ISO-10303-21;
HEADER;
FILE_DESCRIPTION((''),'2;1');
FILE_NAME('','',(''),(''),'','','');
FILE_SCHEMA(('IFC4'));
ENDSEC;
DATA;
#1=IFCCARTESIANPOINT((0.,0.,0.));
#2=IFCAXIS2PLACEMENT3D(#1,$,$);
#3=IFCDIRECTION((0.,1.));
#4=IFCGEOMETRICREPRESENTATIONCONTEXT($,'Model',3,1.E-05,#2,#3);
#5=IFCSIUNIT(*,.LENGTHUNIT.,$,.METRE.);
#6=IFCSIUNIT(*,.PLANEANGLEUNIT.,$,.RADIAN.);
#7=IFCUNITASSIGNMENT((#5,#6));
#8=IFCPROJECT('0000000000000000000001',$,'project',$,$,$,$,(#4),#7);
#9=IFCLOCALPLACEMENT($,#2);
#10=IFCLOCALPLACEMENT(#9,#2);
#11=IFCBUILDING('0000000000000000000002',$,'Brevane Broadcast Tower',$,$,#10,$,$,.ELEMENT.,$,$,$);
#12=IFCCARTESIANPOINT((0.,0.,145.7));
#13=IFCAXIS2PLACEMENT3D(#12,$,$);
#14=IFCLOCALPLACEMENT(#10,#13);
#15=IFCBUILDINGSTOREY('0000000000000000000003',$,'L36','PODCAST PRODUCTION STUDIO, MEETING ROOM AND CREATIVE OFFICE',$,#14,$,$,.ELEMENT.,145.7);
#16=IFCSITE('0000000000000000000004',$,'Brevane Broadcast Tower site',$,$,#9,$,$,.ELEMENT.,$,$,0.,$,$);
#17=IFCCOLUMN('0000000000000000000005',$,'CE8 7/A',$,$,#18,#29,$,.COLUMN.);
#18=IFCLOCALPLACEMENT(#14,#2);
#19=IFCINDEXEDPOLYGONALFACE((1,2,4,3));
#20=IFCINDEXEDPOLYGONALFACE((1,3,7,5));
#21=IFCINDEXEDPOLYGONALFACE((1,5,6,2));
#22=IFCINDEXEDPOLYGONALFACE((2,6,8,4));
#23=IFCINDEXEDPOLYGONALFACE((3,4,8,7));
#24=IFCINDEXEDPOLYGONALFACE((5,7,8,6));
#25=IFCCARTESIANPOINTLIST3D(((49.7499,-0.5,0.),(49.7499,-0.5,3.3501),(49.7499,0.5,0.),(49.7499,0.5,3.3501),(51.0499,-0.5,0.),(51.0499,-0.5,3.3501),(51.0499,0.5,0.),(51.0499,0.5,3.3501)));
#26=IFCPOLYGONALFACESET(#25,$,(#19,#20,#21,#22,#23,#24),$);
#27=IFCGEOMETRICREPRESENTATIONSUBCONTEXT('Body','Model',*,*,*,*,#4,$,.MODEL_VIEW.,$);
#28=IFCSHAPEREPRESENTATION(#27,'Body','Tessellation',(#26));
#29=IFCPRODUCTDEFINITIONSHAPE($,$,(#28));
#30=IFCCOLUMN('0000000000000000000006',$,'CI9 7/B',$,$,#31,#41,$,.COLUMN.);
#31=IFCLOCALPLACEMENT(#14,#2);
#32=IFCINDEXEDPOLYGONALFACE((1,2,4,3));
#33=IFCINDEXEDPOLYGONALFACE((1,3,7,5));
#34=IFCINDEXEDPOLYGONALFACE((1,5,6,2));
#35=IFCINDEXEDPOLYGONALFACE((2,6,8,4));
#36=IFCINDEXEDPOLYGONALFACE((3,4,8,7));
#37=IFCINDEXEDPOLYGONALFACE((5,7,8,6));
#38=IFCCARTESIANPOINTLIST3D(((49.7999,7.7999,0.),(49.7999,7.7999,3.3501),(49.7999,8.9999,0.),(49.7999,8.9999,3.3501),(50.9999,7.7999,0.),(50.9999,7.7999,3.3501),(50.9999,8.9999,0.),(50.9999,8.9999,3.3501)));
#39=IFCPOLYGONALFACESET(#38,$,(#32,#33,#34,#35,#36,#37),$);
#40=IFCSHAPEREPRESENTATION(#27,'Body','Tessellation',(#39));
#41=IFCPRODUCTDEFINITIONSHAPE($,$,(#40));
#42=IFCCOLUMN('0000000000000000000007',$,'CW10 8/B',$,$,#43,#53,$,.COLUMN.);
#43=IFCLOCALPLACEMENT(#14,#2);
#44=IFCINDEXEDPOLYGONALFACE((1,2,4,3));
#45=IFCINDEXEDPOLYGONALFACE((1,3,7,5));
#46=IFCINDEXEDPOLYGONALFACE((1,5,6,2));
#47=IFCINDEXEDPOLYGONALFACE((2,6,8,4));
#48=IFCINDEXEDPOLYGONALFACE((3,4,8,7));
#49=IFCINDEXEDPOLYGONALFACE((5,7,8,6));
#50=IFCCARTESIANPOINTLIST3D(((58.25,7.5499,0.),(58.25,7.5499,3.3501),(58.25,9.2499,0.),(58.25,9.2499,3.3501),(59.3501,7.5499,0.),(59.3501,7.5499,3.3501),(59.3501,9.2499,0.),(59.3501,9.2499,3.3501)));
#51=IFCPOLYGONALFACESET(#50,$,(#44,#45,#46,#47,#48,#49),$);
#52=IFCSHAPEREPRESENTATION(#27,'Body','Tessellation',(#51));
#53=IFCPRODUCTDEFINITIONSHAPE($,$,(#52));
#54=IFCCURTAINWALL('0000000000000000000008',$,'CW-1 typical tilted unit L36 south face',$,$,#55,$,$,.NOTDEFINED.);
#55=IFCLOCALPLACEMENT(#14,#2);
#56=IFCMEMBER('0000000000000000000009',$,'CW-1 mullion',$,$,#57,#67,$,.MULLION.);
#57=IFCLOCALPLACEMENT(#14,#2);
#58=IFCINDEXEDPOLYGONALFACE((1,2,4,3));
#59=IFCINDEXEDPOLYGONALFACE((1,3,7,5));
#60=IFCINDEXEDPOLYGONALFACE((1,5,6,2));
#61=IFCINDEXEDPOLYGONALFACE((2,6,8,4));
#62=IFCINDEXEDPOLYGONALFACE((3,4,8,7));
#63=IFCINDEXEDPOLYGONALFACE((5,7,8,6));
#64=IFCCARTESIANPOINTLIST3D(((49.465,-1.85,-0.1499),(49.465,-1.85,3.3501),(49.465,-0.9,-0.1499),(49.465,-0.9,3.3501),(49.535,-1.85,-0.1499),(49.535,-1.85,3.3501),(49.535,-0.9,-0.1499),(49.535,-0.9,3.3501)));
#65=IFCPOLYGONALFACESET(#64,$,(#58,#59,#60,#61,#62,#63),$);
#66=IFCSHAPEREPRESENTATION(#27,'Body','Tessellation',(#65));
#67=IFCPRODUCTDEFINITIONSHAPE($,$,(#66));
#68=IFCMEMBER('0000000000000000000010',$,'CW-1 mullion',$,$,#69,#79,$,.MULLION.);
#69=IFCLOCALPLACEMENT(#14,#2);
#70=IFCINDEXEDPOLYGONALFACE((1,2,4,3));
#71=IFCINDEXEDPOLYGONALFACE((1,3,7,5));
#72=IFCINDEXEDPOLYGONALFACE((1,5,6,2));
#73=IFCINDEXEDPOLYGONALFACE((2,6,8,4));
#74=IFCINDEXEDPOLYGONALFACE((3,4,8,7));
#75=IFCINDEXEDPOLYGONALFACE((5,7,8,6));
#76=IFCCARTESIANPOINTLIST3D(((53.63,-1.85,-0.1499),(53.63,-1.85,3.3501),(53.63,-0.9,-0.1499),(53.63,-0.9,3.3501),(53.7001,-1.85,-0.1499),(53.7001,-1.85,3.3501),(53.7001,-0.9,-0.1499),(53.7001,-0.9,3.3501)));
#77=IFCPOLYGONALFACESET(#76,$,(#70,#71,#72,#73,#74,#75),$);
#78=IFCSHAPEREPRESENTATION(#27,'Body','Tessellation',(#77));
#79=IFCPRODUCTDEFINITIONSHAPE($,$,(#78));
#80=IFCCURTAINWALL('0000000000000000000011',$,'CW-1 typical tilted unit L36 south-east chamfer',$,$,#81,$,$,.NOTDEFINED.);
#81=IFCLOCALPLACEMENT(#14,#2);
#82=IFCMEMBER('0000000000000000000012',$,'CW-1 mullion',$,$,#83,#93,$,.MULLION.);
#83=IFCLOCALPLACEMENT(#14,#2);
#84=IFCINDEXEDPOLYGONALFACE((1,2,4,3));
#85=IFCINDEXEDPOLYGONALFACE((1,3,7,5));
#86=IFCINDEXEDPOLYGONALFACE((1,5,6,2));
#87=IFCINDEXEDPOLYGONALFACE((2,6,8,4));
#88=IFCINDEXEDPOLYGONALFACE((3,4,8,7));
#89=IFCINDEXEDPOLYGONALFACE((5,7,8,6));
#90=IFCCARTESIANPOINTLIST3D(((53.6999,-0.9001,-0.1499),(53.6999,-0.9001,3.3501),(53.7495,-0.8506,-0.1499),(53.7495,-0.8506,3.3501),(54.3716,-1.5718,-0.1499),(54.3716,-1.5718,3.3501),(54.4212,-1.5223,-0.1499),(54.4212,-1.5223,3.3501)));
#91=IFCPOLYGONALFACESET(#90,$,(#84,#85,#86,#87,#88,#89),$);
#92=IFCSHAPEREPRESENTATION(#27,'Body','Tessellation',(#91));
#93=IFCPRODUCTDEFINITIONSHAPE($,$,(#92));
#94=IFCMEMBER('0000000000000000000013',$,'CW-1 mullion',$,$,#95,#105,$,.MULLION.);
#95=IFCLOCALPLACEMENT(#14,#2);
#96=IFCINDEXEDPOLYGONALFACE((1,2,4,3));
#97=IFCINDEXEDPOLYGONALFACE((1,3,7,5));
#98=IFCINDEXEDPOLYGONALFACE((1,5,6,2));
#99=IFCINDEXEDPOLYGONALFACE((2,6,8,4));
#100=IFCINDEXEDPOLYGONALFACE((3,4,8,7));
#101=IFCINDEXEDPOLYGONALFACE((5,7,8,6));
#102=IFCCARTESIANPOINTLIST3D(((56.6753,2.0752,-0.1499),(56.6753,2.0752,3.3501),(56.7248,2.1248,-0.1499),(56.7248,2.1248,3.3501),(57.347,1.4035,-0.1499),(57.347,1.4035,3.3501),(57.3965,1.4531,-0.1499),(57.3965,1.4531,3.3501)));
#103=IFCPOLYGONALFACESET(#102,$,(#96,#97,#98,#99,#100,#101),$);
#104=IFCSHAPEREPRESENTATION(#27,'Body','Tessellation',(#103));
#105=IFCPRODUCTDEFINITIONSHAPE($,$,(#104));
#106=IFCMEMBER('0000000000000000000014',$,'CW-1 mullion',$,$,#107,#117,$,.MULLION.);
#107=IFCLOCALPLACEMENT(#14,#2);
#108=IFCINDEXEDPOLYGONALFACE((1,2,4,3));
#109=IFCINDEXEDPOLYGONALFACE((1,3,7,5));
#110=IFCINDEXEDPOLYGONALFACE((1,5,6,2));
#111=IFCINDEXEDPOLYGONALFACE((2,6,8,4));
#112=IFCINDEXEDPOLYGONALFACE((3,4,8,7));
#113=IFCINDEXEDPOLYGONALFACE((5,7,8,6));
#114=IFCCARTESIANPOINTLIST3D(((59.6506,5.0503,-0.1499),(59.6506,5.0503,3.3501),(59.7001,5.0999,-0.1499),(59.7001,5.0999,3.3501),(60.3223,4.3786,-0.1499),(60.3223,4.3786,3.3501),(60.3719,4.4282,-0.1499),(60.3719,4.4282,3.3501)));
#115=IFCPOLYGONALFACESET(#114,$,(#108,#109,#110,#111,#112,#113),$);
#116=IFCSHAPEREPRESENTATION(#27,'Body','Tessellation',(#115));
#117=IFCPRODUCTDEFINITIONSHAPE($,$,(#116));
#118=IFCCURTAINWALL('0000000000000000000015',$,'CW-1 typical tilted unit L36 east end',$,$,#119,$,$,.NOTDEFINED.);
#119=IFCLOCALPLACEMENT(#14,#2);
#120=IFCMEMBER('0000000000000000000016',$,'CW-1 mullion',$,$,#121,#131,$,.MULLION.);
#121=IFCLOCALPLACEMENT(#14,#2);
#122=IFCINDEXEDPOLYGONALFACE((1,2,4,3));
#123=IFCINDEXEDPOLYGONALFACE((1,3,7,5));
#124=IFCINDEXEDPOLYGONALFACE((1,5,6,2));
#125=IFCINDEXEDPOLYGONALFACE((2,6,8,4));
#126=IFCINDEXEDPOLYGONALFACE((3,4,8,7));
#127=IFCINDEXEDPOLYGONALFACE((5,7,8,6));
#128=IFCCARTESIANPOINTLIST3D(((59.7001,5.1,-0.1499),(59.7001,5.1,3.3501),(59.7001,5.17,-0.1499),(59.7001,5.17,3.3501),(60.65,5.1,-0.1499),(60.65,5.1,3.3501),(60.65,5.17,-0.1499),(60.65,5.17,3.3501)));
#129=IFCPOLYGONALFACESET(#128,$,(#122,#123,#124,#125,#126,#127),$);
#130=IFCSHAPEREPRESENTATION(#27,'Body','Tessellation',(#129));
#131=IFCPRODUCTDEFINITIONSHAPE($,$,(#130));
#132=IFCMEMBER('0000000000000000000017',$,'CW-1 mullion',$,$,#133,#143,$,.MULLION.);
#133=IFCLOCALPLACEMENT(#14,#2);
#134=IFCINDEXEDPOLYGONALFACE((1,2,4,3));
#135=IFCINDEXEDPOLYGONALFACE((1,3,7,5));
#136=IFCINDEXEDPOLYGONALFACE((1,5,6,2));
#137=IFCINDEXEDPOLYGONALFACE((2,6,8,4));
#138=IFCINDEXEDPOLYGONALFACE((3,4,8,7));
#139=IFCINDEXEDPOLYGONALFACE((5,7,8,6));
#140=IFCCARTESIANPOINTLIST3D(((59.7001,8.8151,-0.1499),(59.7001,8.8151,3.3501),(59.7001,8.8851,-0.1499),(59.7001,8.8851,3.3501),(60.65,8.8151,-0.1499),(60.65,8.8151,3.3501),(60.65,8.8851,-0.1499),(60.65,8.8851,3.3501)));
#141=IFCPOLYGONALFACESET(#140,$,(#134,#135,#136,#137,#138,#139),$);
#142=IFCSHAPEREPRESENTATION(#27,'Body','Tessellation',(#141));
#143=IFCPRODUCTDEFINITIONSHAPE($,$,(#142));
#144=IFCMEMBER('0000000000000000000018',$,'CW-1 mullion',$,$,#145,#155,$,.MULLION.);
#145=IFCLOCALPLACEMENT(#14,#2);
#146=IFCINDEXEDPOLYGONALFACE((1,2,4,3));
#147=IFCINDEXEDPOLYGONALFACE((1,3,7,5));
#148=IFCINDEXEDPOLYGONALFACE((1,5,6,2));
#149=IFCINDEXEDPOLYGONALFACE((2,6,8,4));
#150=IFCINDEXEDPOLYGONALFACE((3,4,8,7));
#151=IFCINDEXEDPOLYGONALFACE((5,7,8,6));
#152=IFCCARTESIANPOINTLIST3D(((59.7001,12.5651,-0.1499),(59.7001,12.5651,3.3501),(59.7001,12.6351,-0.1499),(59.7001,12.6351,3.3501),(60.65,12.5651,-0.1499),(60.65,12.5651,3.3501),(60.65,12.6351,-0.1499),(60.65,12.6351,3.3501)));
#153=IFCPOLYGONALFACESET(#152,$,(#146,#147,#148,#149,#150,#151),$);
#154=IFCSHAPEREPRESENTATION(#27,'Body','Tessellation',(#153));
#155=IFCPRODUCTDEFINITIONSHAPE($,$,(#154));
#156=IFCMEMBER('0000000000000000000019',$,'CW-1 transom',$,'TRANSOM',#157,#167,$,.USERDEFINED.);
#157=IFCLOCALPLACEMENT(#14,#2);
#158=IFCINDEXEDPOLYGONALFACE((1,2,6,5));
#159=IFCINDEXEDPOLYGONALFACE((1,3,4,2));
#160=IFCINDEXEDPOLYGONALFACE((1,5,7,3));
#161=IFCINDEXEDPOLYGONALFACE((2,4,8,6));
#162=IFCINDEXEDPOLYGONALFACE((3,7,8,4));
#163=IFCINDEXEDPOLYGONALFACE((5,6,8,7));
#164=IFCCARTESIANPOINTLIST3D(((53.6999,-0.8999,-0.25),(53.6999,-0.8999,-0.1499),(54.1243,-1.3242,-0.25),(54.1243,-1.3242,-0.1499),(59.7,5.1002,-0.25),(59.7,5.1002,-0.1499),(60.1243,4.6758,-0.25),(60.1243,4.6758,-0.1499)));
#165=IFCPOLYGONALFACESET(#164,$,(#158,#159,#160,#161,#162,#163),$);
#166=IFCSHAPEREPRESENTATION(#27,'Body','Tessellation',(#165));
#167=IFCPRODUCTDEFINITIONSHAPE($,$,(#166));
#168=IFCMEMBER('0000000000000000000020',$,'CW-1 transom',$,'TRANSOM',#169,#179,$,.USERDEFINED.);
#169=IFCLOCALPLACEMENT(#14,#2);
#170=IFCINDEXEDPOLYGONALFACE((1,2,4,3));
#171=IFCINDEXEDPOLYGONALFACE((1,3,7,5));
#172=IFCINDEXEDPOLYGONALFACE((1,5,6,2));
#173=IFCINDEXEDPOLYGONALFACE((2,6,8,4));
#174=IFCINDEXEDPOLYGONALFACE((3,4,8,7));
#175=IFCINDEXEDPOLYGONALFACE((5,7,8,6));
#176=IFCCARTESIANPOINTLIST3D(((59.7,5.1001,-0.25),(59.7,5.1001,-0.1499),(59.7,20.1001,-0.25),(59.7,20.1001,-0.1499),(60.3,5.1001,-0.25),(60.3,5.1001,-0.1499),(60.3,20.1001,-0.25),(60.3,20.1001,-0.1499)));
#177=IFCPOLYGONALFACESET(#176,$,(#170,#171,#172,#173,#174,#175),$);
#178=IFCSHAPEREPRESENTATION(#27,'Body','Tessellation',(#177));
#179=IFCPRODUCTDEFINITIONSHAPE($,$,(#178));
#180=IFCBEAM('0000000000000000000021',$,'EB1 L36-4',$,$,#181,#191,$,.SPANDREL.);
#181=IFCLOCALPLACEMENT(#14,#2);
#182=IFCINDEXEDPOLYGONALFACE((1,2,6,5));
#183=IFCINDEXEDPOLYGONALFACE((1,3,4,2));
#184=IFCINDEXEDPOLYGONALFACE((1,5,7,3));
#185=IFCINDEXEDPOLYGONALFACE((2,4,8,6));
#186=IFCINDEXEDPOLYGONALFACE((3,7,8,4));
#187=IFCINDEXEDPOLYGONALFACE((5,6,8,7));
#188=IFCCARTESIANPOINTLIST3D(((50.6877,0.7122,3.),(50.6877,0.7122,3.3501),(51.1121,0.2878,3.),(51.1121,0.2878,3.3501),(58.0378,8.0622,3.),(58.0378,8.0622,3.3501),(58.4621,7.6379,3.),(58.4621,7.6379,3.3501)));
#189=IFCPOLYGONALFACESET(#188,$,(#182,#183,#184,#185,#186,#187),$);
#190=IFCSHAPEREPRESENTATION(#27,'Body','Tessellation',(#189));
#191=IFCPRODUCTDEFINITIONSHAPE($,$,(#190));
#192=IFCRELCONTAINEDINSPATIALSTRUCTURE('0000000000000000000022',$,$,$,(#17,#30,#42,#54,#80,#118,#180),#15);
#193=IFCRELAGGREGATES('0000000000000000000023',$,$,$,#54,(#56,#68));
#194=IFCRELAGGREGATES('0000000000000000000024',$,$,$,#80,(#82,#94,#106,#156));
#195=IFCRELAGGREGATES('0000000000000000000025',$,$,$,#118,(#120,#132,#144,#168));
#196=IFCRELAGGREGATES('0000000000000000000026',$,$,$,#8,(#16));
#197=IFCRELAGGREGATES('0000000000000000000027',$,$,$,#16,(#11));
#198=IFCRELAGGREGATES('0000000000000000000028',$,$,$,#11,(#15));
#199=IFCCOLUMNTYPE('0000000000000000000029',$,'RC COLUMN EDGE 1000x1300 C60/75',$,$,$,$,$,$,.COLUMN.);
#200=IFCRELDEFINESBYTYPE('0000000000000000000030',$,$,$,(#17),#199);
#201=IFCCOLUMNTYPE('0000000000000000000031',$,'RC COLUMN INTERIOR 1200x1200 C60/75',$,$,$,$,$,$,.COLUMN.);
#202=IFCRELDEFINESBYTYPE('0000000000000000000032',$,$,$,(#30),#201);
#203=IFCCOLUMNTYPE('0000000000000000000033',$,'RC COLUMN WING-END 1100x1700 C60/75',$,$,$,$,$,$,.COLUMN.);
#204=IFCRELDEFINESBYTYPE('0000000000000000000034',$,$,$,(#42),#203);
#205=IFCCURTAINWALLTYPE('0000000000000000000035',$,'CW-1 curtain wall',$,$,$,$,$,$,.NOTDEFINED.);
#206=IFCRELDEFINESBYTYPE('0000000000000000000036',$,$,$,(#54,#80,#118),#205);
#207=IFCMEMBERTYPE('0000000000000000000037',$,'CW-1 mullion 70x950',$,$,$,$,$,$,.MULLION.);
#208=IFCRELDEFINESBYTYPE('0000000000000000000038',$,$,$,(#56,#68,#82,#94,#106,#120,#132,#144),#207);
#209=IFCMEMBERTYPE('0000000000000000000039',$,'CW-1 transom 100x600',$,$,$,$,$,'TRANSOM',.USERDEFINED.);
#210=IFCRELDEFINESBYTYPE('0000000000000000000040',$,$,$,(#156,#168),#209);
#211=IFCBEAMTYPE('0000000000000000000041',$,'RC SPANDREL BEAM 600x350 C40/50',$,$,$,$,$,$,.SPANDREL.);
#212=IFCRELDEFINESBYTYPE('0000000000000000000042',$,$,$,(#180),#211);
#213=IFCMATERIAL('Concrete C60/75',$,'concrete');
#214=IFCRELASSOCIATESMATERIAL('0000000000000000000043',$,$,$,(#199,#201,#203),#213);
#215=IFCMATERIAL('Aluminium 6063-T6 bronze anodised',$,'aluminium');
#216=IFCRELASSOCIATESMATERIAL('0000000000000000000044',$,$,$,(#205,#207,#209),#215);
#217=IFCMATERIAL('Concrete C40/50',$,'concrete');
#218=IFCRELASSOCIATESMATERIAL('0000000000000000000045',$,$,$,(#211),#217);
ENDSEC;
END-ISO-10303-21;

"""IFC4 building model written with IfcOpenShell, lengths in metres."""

from ifc_helpers import new_model, si_unit, direction, frame, origin, origin_2d, place, context, subcontext, project, spatial, rectangle, extrude, material, material_profile, profile_set, type_object, element, aggregate, save


model = new_model("IFC4")

# Units and contexts
model_context = context("Model", 3, precision=1e-05, world=origin(), true_north=direction((0.0, 1.0)))
body_context = subcontext(model_context, "Body", "Model", "MODEL_VIEW")
ifc_project = project(units=[si_unit("LENGTHUNIT", "METRE"), si_unit("PLANEANGLEUNIT", "RADIAN")], contexts=[model_context])

# Site, building, storey
site_placement = place(None, origin())
site = spatial("IfcSite", under=ifc_project, at=site_placement, Name="Brevane Broadcast Tower site", CompositionType="ELEMENT", RefElevation=0.0)
building_placement = place(site_placement, origin())
building = spatial("IfcBuilding", under=site, at=building_placement, Name="Brevane Broadcast Tower", CompositionType="ELEMENT")
storey_placement = place(building_placement, frame((0.0, 0.0, 145.7)))
storey = spatial("IfcBuildingStorey", under=building, at=storey_placement, Name="L36", Description="PODCAST PRODUCTION STUDIO, MEETING ROOM AND CREATIVE OFFICE", CompositionType="ELEMENT", Elevation=145.7)

# Columns
ifc_material_1 = material(Name="Concrete C60/75", Category="concrete")
ifc_material_profile_1 = material_profile(ifc_material_1, rectangle(XDim=1.0, YDim=1.3, at=origin_2d()), Name="RC 1000x1300")
ifc_profile_set_1 = profile_set([ifc_material_profile_1], Name="Concrete C60/75")
column_type_1 = type_object("IfcColumnType", Name="RC COLUMN EDGE 1000x1300 C60/75", PredefinedType="COLUMN", material=ifc_profile_set_1)
column_1_placement = place(storey_placement, frame((50.3999, 0.0, 0.0), z_axis=(0.0, 0.0, 1.0), x_axis=(0.0, 1.0, 0.0)))
element("IfcColumn", 1, at=column_1_placement, inside=storey, type_object=column_type_1, Name="CE8 7/A", PredefinedType="COLUMN", context=body_context, shape_type="SweptSolid", body=[
    extrude(rectangle(XDim=1.0, YDim=1.3, at=origin_2d()), origin(), (0.0, 0.0, 1.0), 3.3501),
])
ifc_material_profile_2 = material_profile(ifc_material_1, rectangle(XDim=1.2, YDim=1.2, at=origin_2d()), Name="RC 1200x1200")
ifc_profile_set_2 = profile_set([ifc_material_profile_2], Name="Concrete C60/75")
column_type_2 = type_object("IfcColumnType", Name="RC COLUMN INTERIOR 1200x1200 C60/75", PredefinedType="COLUMN", material=ifc_profile_set_2)
column_2_placement = place(storey_placement, frame((50.3999, 8.3999, 0.0), z_axis=(0.0, 0.0, 1.0), x_axis=(1.0, 0.0, 0.0)))
element("IfcColumn", 2, at=column_2_placement, inside=storey, type_object=column_type_2, Name="CI9 7/B", PredefinedType="COLUMN", context=body_context, shape_type="SweptSolid", body=[
    extrude(rectangle(XDim=1.2, YDim=1.2, at=origin_2d()), origin(), (0.0, 0.0, 1.0), 3.3501),
])
ifc_material_profile_3 = material_profile(ifc_material_1, rectangle(XDim=1.1001, YDim=1.7, at=origin_2d()), Name="RC 1100x1700")
ifc_profile_set_3 = profile_set([ifc_material_profile_3], Name="Concrete C60/75")
column_type_3 = type_object("IfcColumnType", Name="RC COLUMN WING-END 1100x1700 C60/75", PredefinedType="COLUMN", material=ifc_profile_set_3)
column_3_placement = place(storey_placement, frame((58.8, 8.3999, 0.0), z_axis=(0.0, 0.0, 1.0), x_axis=(1.0, 0.0, 0.0)))
element("IfcColumn", 3, at=column_3_placement, inside=storey, type_object=column_type_3, Name="CW10 8/B", PredefinedType="COLUMN", context=body_context, shape_type="SweptSolid", body=[
    extrude(rectangle(XDim=1.1001, YDim=1.7, at=origin_2d()), origin(), (0.0, 0.0, 1.0), 3.3501),
])

# Curtain walls, members
ifc_material_2 = material(Name="Aluminium 6063-T6 bronze anodised", Category="aluminium")
curtain_wall_type = type_object("IfcCurtainWallType", Name="CW-1 curtain wall", PredefinedType="NOTDEFINED", material=ifc_material_2)
curtain_wall_1_placement = place(storey_placement, origin())
curtain_wall_1 = element("IfcCurtainWall", 4, at=curtain_wall_1_placement, inside=storey, type_object=curtain_wall_type, Name="CW-1 typical tilted unit L36 south face", PredefinedType="NOTDEFINED")
ifc_material_profile_4 = material_profile(ifc_material_2, rectangle(XDim=0.95, YDim=0.0701, at=origin_2d()), Name="RECT 70x950")
ifc_profile_set_4 = profile_set([ifc_material_profile_4], Name="Aluminium 6063-T6 bronze anodised")
member_type_1 = type_object("IfcMemberType", Name="CW-1 mullion 70x950", PredefinedType="MULLION", material=ifc_profile_set_4)
member_1_placement = place(storey_placement, frame((49.5, -1.375, -0.1499), z_axis=(0.0, 0.0, 1.0), x_axis=(0.0, 1.0, 0.0)))
member_1 = element("IfcMember", 5, at=member_1_placement, type_object=member_type_1, Name="CW-1 mullion", PredefinedType="MULLION", context=body_context, shape_type="SweptSolid", body=[
    extrude(rectangle(XDim=0.95, YDim=0.0701, at=origin_2d()), origin(), (0.0, 0.0, 1.0), 3.5),
])
member_2_placement = place(storey_placement, frame((53.665, -1.375, -0.1499), z_axis=(0.0, 0.0, 1.0), x_axis=(0.0, 1.0, 0.0)))
member_2 = element("IfcMember", 6, at=member_2_placement, type_object=member_type_1, Name="CW-1 mullion", PredefinedType="MULLION", context=body_context, shape_type="SweptSolid", body=[
    extrude(rectangle(XDim=0.95, YDim=0.0701, at=origin_2d()), origin(), (0.0, 0.0, 1.0), 3.5),
])
aggregate(curtain_wall_1, [member_1, member_2])
curtain_wall_2_placement = place(storey_placement, origin())
curtain_wall_2 = element("IfcCurtainWall", 7, at=curtain_wall_2_placement, inside=storey, type_object=curtain_wall_type, Name="CW-1 typical tilted unit L36 south-east chamfer", PredefinedType="NOTDEFINED")
member_3_placement = place(storey_placement, frame((54.0605, -1.2112, -0.1499), z_axis=(0.0, 0.0, 1.0), x_axis=(-0.707107, 0.707107, 0.0)))
member_3 = element("IfcMember", 8, at=member_3_placement, type_object=member_type_1, Name="CW-1 mullion", PredefinedType="MULLION", context=body_context, shape_type="SweptSolid", body=[
    extrude(rectangle(XDim=0.95, YDim=0.0701, at=origin_2d()), origin(), (0.0, 0.0, 1.0), 3.5),
])
member_4_placement = place(storey_placement, frame((57.0359, 1.7642, -0.1499), z_axis=(0.0, 0.0, 1.0), x_axis=(-0.707107, 0.707107, 0.0)))
member_4 = element("IfcMember", 9, at=member_4_placement, type_object=member_type_1, Name="CW-1 mullion", PredefinedType="MULLION", context=body_context, shape_type="SweptSolid", body=[
    extrude(rectangle(XDim=0.95, YDim=0.0701, at=origin_2d()), origin(), (0.0, 0.0, 1.0), 3.5),
])
member_5_placement = place(storey_placement, frame((60.0112, 4.7393, -0.1499), z_axis=(0.0, 0.0, 1.0), x_axis=(-0.707107, 0.707107, 0.0)))
member_5 = element("IfcMember", 10, at=member_5_placement, type_object=member_type_1, Name="CW-1 mullion", PredefinedType="MULLION", context=body_context, shape_type="SweptSolid", body=[
    extrude(rectangle(XDim=0.95, YDim=0.0701, at=origin_2d()), origin(), (0.0, 0.0, 1.0), 3.5),
])
curtain_wall_3_placement = place(storey_placement, origin())
curtain_wall_3 = element("IfcCurtainWall", 11, at=curtain_wall_3_placement, inside=storey, type_object=curtain_wall_type, Name="CW-1 typical tilted unit L36 east end", PredefinedType="NOTDEFINED")
member_6_placement = place(storey_placement, frame((60.175, 5.135, -0.1499), z_axis=(0.0, 0.0, 1.0), x_axis=(-1.0, 0.0, 0.0)))
member_6 = element("IfcMember", 12, at=member_6_placement, type_object=member_type_1, Name="CW-1 mullion", PredefinedType="MULLION", context=body_context, shape_type="SweptSolid", body=[
    extrude(rectangle(XDim=0.95, YDim=0.0701, at=origin_2d()), origin(), (0.0, 0.0, 1.0), 3.5),
])
member_7_placement = place(storey_placement, frame((60.175, 8.8501, -0.1499), z_axis=(0.0, 0.0, 1.0), x_axis=(-1.0, 0.0, 0.0)))
member_7 = element("IfcMember", 13, at=member_7_placement, type_object=member_type_1, Name="CW-1 mullion", PredefinedType="MULLION", context=body_context, shape_type="SweptSolid", body=[
    extrude(rectangle(XDim=0.95, YDim=0.0701, at=origin_2d()), origin(), (0.0, 0.0, 1.0), 3.5),
])
member_8_placement = place(storey_placement, frame((60.175, 12.6001, -0.1499), z_axis=(0.0, 0.0, 1.0), x_axis=(-1.0, 0.0, 0.0)))
member_8 = element("IfcMember", 14, at=member_8_placement, type_object=member_type_1, Name="CW-1 mullion", PredefinedType="MULLION", context=body_context, shape_type="SweptSolid", body=[
    extrude(rectangle(XDim=0.95, YDim=0.0701, at=origin_2d()), origin(), (0.0, 0.0, 1.0), 3.5),
])

# Members
ifc_material_profile_5 = material_profile(ifc_material_2, rectangle(XDim=0.6001, YDim=0.1001, at=origin_2d()), Name="RECT 100x600")
ifc_profile_set_5 = profile_set([ifc_material_profile_5], Name="Aluminium 6063-T6 bronze anodised")
member_type_2 = type_object("IfcMemberType", Name="CW-1 transom 100x600", ElementType="TRANSOM", PredefinedType="USERDEFINED", material=ifc_profile_set_5)
member_9_placement = place(storey_placement, frame((53.9121, -1.1121, -0.2), z_axis=(0.707107, 0.707107, 0.0), x_axis=(-0.707107, 0.707107, 0.0)))
member_9 = element("IfcMember", 15, at=member_9_placement, type_object=member_type_2, Name="CW-1 transom", ObjectType="TRANSOM", PredefinedType="USERDEFINED", context=body_context, shape_type="SweptSolid", body=[
    extrude(rectangle(XDim=0.6001, YDim=0.1001, at=origin_2d()), origin(), (0.0, 0.0, 1.0), 8.4854),
])
aggregate(curtain_wall_2, [member_3, member_4, member_5, member_9])
member_10_placement = place(storey_placement, frame((60.0, 5.1001, -0.2), z_axis=(0.0, 1.0, 0.0), x_axis=(-1.0, 0.0, 0.0)))
member_10 = element("IfcMember", 16, at=member_10_placement, type_object=member_type_2, Name="CW-1 transom", ObjectType="TRANSOM", PredefinedType="USERDEFINED", context=body_context, shape_type="SweptSolid", body=[
    extrude(rectangle(XDim=0.6001, YDim=0.1001, at=origin_2d()), origin(), (0.0, 0.0, 1.0), 15.0),
])
aggregate(curtain_wall_3, [member_6, member_7, member_8, member_10])

# Beam
ifc_material_3 = material(Name="Concrete C40/50", Category="concrete")
ifc_material_profile_6 = material_profile(ifc_material_3, rectangle(XDim=0.6001, YDim=0.3501, at=origin_2d()), Name="RC 600x350")
ifc_profile_set_6 = profile_set([ifc_material_profile_6], Name="Concrete C40/50")
beam_type = type_object("IfcBeamType", Name="RC SPANDREL BEAM 600x350 C40/50", PredefinedType="SPANDREL", material=ifc_profile_set_6)
beam_1_placement = place(storey_placement, frame((50.8999, 0.5, 3.175), z_axis=(0.707107, 0.707107, 0.0), x_axis=(-0.707107, 0.707107, 0.0)))
element("IfcBeam", 17, at=beam_1_placement, inside=storey, type_object=beam_type, Name="EB1 L36-4", PredefinedType="SPANDREL", context=body_context, shape_type="SweptSolid", body=[
    extrude(rectangle(XDim=0.6001, YDim=0.3501, at=origin_2d()), origin(), (0.0, 0.0, 1.0), 10.3945),
])

save(model, "model.ifc")
